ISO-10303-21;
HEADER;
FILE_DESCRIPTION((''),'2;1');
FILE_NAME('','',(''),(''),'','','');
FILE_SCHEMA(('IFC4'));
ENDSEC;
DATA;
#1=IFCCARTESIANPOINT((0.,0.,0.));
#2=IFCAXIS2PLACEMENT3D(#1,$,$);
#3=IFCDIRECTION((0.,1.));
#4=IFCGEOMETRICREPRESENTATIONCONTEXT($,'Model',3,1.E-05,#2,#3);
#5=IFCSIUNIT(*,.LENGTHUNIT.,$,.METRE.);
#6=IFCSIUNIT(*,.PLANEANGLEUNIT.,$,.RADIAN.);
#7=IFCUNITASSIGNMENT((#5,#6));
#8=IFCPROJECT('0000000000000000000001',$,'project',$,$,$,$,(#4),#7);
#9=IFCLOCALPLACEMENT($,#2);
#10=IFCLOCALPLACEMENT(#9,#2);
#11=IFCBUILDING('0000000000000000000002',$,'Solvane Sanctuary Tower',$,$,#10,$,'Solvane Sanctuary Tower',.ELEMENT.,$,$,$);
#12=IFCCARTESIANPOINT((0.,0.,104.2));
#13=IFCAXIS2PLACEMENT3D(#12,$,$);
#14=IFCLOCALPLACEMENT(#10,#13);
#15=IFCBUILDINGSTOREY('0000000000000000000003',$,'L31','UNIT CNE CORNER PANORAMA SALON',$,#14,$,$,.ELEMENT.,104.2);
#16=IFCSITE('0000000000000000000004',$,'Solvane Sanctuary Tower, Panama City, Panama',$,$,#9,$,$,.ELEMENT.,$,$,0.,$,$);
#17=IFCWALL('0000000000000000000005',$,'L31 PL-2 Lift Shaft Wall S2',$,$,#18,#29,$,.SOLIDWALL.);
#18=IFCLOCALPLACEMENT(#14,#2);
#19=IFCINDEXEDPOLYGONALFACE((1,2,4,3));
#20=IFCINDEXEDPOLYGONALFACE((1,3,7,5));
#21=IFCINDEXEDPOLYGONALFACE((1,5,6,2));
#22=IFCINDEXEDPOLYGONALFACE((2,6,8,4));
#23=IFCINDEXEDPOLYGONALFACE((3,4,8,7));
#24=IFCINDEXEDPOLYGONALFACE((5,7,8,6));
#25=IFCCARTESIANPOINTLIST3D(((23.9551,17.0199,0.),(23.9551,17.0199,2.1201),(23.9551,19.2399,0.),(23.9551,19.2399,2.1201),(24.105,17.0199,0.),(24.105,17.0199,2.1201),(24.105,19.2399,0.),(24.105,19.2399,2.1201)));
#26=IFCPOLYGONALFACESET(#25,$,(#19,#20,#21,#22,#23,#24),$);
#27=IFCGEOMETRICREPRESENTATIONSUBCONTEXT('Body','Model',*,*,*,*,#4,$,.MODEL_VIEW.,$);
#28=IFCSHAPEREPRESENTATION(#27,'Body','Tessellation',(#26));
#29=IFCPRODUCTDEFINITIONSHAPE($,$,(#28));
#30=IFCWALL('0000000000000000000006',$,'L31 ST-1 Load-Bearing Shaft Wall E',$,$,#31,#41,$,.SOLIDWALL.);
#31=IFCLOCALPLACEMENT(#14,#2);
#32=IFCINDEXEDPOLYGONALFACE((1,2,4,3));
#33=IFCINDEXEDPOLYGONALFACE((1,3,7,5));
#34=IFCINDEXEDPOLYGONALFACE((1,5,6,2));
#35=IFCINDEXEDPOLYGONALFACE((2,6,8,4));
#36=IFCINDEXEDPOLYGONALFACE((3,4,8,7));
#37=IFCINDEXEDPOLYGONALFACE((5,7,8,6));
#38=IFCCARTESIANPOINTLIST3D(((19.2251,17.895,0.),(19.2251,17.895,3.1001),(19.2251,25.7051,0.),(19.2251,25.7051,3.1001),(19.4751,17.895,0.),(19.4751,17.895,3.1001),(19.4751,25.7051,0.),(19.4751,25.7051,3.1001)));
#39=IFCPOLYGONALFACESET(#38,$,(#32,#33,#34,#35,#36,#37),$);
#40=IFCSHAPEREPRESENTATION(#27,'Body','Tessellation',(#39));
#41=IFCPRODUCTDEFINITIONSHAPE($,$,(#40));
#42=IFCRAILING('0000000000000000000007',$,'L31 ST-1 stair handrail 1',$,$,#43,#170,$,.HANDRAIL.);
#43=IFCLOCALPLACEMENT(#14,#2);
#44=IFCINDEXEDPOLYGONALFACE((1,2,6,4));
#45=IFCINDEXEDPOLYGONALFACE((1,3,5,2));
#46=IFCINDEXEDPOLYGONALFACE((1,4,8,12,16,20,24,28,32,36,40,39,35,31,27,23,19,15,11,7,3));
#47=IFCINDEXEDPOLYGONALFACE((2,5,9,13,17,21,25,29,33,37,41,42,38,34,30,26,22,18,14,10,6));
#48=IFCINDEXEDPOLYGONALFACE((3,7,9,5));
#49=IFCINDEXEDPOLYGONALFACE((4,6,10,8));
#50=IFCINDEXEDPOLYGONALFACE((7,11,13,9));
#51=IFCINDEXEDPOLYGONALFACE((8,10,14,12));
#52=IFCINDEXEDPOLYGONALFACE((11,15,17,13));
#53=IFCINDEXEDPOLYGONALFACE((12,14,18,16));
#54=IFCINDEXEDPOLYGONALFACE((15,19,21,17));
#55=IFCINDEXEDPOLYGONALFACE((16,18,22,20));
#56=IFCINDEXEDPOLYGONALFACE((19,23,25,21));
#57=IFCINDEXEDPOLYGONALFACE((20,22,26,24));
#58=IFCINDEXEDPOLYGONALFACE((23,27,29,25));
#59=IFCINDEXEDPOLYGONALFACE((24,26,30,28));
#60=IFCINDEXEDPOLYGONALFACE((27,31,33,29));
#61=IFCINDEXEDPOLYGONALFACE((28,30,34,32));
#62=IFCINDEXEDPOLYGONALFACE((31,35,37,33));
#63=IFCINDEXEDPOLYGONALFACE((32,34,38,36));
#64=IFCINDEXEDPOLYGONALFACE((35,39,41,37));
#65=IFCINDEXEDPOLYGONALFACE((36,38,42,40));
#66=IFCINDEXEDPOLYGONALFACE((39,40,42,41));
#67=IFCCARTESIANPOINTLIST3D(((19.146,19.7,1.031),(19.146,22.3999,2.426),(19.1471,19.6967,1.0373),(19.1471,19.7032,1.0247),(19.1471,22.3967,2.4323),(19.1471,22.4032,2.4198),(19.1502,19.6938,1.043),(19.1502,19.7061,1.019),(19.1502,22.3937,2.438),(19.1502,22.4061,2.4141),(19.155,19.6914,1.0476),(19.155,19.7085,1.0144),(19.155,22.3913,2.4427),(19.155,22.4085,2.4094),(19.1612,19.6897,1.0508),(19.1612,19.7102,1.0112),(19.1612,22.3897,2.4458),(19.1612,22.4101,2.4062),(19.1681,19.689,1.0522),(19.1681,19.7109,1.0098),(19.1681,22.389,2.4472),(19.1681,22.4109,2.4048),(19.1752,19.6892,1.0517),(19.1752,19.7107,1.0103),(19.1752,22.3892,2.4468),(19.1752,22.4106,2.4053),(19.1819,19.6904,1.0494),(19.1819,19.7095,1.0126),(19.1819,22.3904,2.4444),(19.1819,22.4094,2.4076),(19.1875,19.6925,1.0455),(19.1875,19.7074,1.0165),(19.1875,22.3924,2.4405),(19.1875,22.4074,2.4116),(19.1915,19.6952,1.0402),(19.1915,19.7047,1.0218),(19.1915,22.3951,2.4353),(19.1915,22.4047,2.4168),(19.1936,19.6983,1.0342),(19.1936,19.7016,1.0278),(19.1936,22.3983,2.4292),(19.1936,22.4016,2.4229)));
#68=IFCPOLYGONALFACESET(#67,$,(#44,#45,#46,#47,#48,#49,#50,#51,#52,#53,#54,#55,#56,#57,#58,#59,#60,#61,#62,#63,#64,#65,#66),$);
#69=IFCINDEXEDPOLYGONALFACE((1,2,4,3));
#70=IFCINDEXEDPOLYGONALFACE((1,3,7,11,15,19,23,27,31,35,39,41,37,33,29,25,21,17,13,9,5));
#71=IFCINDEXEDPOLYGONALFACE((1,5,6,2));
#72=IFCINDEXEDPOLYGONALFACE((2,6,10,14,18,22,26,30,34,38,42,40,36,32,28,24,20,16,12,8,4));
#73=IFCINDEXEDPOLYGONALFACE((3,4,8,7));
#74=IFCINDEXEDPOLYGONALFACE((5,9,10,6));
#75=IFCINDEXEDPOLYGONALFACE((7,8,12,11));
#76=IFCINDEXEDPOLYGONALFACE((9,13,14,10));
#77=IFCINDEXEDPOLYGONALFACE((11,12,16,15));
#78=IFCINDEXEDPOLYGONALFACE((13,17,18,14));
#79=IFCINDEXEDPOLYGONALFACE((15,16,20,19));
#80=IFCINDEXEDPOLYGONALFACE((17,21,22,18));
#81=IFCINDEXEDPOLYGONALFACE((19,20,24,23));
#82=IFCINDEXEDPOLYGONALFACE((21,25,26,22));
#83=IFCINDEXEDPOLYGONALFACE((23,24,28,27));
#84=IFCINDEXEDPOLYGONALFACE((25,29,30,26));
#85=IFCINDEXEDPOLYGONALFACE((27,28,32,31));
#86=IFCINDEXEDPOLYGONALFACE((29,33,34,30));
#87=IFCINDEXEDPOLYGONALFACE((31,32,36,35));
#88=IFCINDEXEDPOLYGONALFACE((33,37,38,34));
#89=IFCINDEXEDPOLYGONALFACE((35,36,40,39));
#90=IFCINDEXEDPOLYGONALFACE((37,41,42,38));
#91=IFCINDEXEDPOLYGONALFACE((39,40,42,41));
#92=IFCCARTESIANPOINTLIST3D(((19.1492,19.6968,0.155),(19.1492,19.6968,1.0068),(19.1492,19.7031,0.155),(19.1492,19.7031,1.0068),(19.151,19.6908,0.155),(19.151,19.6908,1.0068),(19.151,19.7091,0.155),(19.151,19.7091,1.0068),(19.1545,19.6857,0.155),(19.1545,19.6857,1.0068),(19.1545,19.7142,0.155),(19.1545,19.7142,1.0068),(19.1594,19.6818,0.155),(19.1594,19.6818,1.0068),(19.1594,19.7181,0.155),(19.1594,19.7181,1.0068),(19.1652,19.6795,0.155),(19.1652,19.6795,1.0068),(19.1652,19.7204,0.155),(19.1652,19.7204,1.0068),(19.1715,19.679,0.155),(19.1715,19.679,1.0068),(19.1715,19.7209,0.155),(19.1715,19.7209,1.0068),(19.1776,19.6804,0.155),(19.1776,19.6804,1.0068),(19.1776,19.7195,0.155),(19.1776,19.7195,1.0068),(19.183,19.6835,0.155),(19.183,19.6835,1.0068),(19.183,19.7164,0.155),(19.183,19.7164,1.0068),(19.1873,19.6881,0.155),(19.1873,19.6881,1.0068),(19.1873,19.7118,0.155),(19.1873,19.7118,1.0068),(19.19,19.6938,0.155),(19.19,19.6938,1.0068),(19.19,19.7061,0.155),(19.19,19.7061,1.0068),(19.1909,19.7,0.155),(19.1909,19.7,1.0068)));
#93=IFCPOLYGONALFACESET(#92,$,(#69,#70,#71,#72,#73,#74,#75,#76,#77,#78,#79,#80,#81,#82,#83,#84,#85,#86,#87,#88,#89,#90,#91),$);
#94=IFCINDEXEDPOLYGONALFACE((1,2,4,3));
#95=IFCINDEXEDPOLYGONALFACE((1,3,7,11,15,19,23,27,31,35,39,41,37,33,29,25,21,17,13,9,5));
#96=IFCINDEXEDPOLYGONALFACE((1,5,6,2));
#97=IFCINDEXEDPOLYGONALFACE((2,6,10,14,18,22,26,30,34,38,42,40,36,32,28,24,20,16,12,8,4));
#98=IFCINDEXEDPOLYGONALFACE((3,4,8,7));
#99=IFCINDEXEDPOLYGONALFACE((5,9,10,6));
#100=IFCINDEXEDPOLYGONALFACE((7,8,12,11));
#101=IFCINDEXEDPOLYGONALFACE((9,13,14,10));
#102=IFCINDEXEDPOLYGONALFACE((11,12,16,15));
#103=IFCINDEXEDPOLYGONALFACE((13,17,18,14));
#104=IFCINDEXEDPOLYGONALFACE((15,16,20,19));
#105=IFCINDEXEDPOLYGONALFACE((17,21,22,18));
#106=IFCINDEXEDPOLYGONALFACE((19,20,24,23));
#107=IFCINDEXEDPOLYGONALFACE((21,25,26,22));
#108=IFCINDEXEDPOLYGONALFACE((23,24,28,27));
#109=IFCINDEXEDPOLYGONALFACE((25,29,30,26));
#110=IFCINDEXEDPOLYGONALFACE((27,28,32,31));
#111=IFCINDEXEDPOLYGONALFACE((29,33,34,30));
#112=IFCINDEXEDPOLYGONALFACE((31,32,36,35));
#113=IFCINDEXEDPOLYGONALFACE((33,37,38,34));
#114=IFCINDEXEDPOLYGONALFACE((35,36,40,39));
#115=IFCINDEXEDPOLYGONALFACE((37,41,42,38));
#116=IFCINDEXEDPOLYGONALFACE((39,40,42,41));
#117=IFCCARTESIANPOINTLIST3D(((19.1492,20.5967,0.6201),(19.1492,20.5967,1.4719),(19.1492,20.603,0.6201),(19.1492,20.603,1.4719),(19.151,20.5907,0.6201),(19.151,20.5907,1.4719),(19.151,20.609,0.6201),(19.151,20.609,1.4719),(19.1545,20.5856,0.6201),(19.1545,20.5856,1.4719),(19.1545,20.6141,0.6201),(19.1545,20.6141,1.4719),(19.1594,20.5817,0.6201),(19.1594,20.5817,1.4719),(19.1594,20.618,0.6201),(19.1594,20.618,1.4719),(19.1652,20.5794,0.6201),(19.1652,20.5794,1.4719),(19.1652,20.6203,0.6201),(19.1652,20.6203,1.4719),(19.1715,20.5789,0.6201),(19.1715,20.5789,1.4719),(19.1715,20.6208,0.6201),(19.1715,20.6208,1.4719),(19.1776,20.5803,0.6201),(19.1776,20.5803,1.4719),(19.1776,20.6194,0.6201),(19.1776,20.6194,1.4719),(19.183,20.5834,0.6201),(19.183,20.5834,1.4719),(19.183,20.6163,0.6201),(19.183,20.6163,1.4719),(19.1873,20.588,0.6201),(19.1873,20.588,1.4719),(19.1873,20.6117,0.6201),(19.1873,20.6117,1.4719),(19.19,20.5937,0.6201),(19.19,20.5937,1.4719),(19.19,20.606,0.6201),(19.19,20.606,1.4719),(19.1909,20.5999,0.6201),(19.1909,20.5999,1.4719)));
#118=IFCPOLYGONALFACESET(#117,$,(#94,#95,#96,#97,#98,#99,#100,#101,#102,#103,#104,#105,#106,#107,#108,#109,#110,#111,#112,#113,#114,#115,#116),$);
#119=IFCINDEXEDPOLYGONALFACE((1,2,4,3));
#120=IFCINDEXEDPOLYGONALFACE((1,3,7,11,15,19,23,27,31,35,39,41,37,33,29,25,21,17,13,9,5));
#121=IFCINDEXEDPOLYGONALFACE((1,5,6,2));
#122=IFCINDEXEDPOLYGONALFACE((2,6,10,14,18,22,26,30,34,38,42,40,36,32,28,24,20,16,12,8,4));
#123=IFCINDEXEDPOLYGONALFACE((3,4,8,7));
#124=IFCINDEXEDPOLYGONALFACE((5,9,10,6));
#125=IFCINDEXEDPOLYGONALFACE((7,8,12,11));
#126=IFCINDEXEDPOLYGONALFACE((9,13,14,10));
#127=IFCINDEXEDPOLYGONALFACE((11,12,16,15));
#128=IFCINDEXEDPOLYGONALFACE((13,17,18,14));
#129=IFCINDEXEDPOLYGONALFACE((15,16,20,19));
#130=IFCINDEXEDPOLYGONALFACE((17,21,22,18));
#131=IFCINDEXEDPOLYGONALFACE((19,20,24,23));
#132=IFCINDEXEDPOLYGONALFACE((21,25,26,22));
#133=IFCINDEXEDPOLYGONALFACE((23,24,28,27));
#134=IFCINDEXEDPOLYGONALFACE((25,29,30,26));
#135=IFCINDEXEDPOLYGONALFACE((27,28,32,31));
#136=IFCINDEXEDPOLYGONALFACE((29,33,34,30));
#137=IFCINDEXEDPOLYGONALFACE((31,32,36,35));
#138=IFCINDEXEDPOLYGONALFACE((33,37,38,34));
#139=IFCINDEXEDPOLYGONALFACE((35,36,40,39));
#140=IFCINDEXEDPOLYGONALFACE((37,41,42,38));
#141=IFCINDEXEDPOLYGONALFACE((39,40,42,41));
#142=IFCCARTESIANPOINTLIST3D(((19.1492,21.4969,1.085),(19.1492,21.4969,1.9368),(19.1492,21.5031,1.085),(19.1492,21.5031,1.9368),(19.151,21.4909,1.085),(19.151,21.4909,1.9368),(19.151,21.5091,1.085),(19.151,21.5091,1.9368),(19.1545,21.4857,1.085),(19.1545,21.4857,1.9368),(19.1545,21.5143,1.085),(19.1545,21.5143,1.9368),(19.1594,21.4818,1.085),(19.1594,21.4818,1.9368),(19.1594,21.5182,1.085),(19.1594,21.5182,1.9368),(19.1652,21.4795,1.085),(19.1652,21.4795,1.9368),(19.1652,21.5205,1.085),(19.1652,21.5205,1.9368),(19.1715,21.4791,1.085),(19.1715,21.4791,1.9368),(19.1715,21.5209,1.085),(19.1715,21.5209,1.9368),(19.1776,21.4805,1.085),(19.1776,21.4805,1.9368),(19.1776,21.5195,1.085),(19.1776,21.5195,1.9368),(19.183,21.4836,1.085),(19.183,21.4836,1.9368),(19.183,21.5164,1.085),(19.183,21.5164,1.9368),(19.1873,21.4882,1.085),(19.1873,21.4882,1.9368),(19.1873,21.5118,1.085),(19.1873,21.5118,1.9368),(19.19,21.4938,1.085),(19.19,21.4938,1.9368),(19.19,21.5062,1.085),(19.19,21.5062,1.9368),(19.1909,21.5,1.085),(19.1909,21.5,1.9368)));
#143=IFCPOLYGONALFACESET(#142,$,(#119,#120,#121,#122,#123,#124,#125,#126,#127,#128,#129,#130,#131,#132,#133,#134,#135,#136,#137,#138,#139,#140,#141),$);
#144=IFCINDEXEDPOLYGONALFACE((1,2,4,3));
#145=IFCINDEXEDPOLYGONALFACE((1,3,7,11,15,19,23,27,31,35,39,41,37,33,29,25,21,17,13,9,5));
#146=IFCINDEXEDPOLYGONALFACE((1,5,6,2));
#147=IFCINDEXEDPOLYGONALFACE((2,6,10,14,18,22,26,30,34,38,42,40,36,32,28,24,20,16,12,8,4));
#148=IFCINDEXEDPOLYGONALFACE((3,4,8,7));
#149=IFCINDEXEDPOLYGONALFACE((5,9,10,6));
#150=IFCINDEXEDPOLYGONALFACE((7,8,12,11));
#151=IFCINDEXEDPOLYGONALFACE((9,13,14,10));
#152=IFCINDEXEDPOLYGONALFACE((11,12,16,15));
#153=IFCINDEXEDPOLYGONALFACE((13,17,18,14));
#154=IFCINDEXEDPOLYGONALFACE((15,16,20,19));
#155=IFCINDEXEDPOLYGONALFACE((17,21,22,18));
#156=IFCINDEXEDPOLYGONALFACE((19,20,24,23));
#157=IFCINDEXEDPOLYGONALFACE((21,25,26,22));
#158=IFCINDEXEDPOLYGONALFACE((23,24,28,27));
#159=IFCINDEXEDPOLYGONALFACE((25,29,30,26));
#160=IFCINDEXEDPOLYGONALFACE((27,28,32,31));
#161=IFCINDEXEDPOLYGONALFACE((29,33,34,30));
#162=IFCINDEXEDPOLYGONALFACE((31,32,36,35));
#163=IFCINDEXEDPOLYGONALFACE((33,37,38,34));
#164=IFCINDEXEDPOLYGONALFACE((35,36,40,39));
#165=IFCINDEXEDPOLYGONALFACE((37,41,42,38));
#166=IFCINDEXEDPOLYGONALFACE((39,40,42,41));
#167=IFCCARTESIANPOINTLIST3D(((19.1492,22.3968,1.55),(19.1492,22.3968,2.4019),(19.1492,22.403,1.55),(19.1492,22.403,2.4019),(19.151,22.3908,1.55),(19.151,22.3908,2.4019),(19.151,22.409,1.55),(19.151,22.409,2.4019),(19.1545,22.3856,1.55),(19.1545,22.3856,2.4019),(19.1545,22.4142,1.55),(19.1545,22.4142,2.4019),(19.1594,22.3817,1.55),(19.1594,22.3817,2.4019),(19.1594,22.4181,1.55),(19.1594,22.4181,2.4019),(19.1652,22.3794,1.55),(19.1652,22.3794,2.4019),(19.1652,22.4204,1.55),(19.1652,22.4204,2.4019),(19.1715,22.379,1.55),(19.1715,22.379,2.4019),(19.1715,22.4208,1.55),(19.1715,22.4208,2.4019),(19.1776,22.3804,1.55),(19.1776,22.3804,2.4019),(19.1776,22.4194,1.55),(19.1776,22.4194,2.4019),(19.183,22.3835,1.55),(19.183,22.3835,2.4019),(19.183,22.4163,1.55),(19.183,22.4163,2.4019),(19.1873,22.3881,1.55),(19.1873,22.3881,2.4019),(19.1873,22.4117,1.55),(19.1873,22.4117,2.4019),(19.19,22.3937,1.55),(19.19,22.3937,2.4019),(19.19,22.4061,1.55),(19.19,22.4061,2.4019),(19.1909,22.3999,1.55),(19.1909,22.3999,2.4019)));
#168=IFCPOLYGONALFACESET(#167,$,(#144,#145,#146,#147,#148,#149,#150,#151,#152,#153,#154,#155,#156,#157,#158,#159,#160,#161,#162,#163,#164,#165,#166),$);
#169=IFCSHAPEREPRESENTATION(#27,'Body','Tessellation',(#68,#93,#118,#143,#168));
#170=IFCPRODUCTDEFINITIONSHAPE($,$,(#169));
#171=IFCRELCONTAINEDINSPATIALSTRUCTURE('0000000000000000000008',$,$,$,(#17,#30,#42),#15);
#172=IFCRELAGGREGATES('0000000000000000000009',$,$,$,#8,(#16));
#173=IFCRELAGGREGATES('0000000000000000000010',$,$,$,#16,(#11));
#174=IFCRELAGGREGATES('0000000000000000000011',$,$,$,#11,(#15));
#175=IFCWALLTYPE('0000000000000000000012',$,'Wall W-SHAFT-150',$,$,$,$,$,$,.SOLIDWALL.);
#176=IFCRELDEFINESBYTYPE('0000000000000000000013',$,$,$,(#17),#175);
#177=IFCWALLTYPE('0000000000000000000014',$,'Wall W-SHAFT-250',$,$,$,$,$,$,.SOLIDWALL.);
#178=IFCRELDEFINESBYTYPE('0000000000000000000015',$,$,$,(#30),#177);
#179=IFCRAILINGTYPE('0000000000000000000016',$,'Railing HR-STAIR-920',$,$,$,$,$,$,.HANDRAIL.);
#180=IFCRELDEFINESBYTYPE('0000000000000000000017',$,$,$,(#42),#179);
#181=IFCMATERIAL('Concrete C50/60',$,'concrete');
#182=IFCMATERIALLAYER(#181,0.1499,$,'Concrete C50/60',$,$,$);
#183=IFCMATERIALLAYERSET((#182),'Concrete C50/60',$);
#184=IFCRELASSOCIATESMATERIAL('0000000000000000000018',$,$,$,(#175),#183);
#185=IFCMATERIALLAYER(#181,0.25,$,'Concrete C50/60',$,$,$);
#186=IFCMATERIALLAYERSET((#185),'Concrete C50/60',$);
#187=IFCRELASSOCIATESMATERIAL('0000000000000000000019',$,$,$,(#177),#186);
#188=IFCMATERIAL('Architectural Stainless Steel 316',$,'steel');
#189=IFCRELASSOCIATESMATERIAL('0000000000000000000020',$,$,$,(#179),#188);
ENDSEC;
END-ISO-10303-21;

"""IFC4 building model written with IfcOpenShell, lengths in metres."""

from ifc_helpers import new_model, si_unit, direction, frame, frame_2d, origin, origin_2d, place, context, subcontext, project, spatial, rectangle, circle, extrude, material, layer, layer_set, type_object, element, save


model = new_model("IFC4")

# Units and contexts
model_context = context("Model", 3, precision=1e-05, world=origin(), true_north=direction((0.0, 1.0)))
body_context = subcontext(model_context, "Body", "Model", "MODEL_VIEW")
ifc_project = project(units=[si_unit("LENGTHUNIT", "METRE"), si_unit("PLANEANGLEUNIT", "RADIAN")], contexts=[model_context])

# Site, building, storey
site_placement = place(None, origin())
site = spatial("IfcSite", under=ifc_project, at=site_placement, Name="Solvane Sanctuary Tower, Panama City, Panama", CompositionType="ELEMENT", RefElevation=0.0)
building_placement = place(site_placement, origin())
building = spatial("IfcBuilding", under=site, at=building_placement, Name="Solvane Sanctuary Tower", LongName="Solvane Sanctuary Tower", CompositionType="ELEMENT")
storey_placement = place(building_placement, frame((0.0, 0.0, 104.2)))
storey = spatial("IfcBuildingStorey", under=building, at=storey_placement, Name="L31", Description="UNIT CNE CORNER PANORAMA SALON", CompositionType="ELEMENT", Elevation=104.2)

# Shared definitions
ifc_material_1 = material(Name="Concrete C50/60", Category="concrete")
ifc_layer_1 = layer(ifc_material_1, 0.1499, Name="Concrete C50/60")
ifc_layer_set_1 = layer_set([ifc_layer_1], Name="Concrete C50/60")
wall_type_1 = type_object("IfcWallType", Name="Wall W-SHAFT-150", PredefinedType="SOLIDWALL", material=ifc_layer_set_1)
ifc_material_2 = material(Name="Architectural Stainless Steel 316", Category="steel")

# Walls
wall_1_placement = place(storey_placement, frame((24.03, 17.02, 0.0), z_axis=(0.0, 0.0, 1.0), x_axis=(0.0, 1.0, 0.0)))
element("IfcWall", 1, at=wall_1_placement, inside=storey, type_object=wall_type_1, Name="L31 PL-2 Lift Shaft Wall S2", PredefinedType="SOLIDWALL", context=body_context, shape_type="SweptSolid", body=[
    extrude(rectangle(XDim=2.22, YDim=0.1499, at=frame_2d((1.1099, 0.0))), origin(), (0.0, 0.0, 1.0), 2.1201),
])
ifc_layer_2 = layer(ifc_material_1, 0.25, Name="Concrete C50/60")
ifc_layer_set_2 = layer_set([ifc_layer_2], Name="Concrete C50/60")
wall_type_2 = type_object("IfcWallType", Name="Wall W-SHAFT-250", PredefinedType="SOLIDWALL", material=ifc_layer_set_2)
wall_2_placement = place(storey_placement, frame((19.3501, 17.895, 0.0), z_axis=(0.0, 0.0, 1.0), x_axis=(0.0, 1.0, 0.0)))
element("IfcWall", 2, at=wall_2_placement, inside=storey, type_object=wall_type_2, Name="L31 ST-1 Load-Bearing Shaft Wall E", PredefinedType="SOLIDWALL", context=body_context, shape_type="SweptSolid", body=[
    extrude(rectangle(XDim=7.8101, YDim=0.25, at=frame_2d((3.905, 0.0))), origin(), (0.0, 0.0, 1.0), 3.1001),
])

# Railing
railing_type = type_object("IfcRailingType", Name="Railing HR-STAIR-920", PredefinedType="HANDRAIL", material=ifc_material_2)
railing_placement = place(storey_placement, frame((19.1699, 19.7, 0.155)))
element("IfcRailing", 3, at=railing_placement, inside=storey, type_object=railing_type, Name="L31 ST-1 stair handrail 1", PredefinedType="HANDRAIL", context=body_context, shape_type="SweptSolid", body=[
    extrude(circle(Radius=0.0239, at=origin_2d()), frame((0.0, 0.0, 0.876), z_axis=(0.0, 0.88842, 0.459032), x_axis=(-1.0, 0.0, 0.0)), (0.0, 0.0, 1.0), 3.0391),
    extrude(circle(Radius=0.021, at=origin_2d()), origin(), (0.0, 0.0, 1.0), 0.8518),
    extrude(circle(Radius=0.021, at=origin_2d()), frame((0.0, 0.8999, 0.4651)), (0.0, 0.0, 1.0), 0.8518),
    extrude(circle(Radius=0.021, at=origin_2d()), frame((0.0, 1.8, 0.9299)), (0.0, 0.0, 1.0), 0.8518),
    extrude(circle(Radius=0.021, at=origin_2d()), frame((0.0, 2.7, 1.395)), (0.0, 0.0, 1.0), 0.8518),
])

save(model, "model.ifc")
